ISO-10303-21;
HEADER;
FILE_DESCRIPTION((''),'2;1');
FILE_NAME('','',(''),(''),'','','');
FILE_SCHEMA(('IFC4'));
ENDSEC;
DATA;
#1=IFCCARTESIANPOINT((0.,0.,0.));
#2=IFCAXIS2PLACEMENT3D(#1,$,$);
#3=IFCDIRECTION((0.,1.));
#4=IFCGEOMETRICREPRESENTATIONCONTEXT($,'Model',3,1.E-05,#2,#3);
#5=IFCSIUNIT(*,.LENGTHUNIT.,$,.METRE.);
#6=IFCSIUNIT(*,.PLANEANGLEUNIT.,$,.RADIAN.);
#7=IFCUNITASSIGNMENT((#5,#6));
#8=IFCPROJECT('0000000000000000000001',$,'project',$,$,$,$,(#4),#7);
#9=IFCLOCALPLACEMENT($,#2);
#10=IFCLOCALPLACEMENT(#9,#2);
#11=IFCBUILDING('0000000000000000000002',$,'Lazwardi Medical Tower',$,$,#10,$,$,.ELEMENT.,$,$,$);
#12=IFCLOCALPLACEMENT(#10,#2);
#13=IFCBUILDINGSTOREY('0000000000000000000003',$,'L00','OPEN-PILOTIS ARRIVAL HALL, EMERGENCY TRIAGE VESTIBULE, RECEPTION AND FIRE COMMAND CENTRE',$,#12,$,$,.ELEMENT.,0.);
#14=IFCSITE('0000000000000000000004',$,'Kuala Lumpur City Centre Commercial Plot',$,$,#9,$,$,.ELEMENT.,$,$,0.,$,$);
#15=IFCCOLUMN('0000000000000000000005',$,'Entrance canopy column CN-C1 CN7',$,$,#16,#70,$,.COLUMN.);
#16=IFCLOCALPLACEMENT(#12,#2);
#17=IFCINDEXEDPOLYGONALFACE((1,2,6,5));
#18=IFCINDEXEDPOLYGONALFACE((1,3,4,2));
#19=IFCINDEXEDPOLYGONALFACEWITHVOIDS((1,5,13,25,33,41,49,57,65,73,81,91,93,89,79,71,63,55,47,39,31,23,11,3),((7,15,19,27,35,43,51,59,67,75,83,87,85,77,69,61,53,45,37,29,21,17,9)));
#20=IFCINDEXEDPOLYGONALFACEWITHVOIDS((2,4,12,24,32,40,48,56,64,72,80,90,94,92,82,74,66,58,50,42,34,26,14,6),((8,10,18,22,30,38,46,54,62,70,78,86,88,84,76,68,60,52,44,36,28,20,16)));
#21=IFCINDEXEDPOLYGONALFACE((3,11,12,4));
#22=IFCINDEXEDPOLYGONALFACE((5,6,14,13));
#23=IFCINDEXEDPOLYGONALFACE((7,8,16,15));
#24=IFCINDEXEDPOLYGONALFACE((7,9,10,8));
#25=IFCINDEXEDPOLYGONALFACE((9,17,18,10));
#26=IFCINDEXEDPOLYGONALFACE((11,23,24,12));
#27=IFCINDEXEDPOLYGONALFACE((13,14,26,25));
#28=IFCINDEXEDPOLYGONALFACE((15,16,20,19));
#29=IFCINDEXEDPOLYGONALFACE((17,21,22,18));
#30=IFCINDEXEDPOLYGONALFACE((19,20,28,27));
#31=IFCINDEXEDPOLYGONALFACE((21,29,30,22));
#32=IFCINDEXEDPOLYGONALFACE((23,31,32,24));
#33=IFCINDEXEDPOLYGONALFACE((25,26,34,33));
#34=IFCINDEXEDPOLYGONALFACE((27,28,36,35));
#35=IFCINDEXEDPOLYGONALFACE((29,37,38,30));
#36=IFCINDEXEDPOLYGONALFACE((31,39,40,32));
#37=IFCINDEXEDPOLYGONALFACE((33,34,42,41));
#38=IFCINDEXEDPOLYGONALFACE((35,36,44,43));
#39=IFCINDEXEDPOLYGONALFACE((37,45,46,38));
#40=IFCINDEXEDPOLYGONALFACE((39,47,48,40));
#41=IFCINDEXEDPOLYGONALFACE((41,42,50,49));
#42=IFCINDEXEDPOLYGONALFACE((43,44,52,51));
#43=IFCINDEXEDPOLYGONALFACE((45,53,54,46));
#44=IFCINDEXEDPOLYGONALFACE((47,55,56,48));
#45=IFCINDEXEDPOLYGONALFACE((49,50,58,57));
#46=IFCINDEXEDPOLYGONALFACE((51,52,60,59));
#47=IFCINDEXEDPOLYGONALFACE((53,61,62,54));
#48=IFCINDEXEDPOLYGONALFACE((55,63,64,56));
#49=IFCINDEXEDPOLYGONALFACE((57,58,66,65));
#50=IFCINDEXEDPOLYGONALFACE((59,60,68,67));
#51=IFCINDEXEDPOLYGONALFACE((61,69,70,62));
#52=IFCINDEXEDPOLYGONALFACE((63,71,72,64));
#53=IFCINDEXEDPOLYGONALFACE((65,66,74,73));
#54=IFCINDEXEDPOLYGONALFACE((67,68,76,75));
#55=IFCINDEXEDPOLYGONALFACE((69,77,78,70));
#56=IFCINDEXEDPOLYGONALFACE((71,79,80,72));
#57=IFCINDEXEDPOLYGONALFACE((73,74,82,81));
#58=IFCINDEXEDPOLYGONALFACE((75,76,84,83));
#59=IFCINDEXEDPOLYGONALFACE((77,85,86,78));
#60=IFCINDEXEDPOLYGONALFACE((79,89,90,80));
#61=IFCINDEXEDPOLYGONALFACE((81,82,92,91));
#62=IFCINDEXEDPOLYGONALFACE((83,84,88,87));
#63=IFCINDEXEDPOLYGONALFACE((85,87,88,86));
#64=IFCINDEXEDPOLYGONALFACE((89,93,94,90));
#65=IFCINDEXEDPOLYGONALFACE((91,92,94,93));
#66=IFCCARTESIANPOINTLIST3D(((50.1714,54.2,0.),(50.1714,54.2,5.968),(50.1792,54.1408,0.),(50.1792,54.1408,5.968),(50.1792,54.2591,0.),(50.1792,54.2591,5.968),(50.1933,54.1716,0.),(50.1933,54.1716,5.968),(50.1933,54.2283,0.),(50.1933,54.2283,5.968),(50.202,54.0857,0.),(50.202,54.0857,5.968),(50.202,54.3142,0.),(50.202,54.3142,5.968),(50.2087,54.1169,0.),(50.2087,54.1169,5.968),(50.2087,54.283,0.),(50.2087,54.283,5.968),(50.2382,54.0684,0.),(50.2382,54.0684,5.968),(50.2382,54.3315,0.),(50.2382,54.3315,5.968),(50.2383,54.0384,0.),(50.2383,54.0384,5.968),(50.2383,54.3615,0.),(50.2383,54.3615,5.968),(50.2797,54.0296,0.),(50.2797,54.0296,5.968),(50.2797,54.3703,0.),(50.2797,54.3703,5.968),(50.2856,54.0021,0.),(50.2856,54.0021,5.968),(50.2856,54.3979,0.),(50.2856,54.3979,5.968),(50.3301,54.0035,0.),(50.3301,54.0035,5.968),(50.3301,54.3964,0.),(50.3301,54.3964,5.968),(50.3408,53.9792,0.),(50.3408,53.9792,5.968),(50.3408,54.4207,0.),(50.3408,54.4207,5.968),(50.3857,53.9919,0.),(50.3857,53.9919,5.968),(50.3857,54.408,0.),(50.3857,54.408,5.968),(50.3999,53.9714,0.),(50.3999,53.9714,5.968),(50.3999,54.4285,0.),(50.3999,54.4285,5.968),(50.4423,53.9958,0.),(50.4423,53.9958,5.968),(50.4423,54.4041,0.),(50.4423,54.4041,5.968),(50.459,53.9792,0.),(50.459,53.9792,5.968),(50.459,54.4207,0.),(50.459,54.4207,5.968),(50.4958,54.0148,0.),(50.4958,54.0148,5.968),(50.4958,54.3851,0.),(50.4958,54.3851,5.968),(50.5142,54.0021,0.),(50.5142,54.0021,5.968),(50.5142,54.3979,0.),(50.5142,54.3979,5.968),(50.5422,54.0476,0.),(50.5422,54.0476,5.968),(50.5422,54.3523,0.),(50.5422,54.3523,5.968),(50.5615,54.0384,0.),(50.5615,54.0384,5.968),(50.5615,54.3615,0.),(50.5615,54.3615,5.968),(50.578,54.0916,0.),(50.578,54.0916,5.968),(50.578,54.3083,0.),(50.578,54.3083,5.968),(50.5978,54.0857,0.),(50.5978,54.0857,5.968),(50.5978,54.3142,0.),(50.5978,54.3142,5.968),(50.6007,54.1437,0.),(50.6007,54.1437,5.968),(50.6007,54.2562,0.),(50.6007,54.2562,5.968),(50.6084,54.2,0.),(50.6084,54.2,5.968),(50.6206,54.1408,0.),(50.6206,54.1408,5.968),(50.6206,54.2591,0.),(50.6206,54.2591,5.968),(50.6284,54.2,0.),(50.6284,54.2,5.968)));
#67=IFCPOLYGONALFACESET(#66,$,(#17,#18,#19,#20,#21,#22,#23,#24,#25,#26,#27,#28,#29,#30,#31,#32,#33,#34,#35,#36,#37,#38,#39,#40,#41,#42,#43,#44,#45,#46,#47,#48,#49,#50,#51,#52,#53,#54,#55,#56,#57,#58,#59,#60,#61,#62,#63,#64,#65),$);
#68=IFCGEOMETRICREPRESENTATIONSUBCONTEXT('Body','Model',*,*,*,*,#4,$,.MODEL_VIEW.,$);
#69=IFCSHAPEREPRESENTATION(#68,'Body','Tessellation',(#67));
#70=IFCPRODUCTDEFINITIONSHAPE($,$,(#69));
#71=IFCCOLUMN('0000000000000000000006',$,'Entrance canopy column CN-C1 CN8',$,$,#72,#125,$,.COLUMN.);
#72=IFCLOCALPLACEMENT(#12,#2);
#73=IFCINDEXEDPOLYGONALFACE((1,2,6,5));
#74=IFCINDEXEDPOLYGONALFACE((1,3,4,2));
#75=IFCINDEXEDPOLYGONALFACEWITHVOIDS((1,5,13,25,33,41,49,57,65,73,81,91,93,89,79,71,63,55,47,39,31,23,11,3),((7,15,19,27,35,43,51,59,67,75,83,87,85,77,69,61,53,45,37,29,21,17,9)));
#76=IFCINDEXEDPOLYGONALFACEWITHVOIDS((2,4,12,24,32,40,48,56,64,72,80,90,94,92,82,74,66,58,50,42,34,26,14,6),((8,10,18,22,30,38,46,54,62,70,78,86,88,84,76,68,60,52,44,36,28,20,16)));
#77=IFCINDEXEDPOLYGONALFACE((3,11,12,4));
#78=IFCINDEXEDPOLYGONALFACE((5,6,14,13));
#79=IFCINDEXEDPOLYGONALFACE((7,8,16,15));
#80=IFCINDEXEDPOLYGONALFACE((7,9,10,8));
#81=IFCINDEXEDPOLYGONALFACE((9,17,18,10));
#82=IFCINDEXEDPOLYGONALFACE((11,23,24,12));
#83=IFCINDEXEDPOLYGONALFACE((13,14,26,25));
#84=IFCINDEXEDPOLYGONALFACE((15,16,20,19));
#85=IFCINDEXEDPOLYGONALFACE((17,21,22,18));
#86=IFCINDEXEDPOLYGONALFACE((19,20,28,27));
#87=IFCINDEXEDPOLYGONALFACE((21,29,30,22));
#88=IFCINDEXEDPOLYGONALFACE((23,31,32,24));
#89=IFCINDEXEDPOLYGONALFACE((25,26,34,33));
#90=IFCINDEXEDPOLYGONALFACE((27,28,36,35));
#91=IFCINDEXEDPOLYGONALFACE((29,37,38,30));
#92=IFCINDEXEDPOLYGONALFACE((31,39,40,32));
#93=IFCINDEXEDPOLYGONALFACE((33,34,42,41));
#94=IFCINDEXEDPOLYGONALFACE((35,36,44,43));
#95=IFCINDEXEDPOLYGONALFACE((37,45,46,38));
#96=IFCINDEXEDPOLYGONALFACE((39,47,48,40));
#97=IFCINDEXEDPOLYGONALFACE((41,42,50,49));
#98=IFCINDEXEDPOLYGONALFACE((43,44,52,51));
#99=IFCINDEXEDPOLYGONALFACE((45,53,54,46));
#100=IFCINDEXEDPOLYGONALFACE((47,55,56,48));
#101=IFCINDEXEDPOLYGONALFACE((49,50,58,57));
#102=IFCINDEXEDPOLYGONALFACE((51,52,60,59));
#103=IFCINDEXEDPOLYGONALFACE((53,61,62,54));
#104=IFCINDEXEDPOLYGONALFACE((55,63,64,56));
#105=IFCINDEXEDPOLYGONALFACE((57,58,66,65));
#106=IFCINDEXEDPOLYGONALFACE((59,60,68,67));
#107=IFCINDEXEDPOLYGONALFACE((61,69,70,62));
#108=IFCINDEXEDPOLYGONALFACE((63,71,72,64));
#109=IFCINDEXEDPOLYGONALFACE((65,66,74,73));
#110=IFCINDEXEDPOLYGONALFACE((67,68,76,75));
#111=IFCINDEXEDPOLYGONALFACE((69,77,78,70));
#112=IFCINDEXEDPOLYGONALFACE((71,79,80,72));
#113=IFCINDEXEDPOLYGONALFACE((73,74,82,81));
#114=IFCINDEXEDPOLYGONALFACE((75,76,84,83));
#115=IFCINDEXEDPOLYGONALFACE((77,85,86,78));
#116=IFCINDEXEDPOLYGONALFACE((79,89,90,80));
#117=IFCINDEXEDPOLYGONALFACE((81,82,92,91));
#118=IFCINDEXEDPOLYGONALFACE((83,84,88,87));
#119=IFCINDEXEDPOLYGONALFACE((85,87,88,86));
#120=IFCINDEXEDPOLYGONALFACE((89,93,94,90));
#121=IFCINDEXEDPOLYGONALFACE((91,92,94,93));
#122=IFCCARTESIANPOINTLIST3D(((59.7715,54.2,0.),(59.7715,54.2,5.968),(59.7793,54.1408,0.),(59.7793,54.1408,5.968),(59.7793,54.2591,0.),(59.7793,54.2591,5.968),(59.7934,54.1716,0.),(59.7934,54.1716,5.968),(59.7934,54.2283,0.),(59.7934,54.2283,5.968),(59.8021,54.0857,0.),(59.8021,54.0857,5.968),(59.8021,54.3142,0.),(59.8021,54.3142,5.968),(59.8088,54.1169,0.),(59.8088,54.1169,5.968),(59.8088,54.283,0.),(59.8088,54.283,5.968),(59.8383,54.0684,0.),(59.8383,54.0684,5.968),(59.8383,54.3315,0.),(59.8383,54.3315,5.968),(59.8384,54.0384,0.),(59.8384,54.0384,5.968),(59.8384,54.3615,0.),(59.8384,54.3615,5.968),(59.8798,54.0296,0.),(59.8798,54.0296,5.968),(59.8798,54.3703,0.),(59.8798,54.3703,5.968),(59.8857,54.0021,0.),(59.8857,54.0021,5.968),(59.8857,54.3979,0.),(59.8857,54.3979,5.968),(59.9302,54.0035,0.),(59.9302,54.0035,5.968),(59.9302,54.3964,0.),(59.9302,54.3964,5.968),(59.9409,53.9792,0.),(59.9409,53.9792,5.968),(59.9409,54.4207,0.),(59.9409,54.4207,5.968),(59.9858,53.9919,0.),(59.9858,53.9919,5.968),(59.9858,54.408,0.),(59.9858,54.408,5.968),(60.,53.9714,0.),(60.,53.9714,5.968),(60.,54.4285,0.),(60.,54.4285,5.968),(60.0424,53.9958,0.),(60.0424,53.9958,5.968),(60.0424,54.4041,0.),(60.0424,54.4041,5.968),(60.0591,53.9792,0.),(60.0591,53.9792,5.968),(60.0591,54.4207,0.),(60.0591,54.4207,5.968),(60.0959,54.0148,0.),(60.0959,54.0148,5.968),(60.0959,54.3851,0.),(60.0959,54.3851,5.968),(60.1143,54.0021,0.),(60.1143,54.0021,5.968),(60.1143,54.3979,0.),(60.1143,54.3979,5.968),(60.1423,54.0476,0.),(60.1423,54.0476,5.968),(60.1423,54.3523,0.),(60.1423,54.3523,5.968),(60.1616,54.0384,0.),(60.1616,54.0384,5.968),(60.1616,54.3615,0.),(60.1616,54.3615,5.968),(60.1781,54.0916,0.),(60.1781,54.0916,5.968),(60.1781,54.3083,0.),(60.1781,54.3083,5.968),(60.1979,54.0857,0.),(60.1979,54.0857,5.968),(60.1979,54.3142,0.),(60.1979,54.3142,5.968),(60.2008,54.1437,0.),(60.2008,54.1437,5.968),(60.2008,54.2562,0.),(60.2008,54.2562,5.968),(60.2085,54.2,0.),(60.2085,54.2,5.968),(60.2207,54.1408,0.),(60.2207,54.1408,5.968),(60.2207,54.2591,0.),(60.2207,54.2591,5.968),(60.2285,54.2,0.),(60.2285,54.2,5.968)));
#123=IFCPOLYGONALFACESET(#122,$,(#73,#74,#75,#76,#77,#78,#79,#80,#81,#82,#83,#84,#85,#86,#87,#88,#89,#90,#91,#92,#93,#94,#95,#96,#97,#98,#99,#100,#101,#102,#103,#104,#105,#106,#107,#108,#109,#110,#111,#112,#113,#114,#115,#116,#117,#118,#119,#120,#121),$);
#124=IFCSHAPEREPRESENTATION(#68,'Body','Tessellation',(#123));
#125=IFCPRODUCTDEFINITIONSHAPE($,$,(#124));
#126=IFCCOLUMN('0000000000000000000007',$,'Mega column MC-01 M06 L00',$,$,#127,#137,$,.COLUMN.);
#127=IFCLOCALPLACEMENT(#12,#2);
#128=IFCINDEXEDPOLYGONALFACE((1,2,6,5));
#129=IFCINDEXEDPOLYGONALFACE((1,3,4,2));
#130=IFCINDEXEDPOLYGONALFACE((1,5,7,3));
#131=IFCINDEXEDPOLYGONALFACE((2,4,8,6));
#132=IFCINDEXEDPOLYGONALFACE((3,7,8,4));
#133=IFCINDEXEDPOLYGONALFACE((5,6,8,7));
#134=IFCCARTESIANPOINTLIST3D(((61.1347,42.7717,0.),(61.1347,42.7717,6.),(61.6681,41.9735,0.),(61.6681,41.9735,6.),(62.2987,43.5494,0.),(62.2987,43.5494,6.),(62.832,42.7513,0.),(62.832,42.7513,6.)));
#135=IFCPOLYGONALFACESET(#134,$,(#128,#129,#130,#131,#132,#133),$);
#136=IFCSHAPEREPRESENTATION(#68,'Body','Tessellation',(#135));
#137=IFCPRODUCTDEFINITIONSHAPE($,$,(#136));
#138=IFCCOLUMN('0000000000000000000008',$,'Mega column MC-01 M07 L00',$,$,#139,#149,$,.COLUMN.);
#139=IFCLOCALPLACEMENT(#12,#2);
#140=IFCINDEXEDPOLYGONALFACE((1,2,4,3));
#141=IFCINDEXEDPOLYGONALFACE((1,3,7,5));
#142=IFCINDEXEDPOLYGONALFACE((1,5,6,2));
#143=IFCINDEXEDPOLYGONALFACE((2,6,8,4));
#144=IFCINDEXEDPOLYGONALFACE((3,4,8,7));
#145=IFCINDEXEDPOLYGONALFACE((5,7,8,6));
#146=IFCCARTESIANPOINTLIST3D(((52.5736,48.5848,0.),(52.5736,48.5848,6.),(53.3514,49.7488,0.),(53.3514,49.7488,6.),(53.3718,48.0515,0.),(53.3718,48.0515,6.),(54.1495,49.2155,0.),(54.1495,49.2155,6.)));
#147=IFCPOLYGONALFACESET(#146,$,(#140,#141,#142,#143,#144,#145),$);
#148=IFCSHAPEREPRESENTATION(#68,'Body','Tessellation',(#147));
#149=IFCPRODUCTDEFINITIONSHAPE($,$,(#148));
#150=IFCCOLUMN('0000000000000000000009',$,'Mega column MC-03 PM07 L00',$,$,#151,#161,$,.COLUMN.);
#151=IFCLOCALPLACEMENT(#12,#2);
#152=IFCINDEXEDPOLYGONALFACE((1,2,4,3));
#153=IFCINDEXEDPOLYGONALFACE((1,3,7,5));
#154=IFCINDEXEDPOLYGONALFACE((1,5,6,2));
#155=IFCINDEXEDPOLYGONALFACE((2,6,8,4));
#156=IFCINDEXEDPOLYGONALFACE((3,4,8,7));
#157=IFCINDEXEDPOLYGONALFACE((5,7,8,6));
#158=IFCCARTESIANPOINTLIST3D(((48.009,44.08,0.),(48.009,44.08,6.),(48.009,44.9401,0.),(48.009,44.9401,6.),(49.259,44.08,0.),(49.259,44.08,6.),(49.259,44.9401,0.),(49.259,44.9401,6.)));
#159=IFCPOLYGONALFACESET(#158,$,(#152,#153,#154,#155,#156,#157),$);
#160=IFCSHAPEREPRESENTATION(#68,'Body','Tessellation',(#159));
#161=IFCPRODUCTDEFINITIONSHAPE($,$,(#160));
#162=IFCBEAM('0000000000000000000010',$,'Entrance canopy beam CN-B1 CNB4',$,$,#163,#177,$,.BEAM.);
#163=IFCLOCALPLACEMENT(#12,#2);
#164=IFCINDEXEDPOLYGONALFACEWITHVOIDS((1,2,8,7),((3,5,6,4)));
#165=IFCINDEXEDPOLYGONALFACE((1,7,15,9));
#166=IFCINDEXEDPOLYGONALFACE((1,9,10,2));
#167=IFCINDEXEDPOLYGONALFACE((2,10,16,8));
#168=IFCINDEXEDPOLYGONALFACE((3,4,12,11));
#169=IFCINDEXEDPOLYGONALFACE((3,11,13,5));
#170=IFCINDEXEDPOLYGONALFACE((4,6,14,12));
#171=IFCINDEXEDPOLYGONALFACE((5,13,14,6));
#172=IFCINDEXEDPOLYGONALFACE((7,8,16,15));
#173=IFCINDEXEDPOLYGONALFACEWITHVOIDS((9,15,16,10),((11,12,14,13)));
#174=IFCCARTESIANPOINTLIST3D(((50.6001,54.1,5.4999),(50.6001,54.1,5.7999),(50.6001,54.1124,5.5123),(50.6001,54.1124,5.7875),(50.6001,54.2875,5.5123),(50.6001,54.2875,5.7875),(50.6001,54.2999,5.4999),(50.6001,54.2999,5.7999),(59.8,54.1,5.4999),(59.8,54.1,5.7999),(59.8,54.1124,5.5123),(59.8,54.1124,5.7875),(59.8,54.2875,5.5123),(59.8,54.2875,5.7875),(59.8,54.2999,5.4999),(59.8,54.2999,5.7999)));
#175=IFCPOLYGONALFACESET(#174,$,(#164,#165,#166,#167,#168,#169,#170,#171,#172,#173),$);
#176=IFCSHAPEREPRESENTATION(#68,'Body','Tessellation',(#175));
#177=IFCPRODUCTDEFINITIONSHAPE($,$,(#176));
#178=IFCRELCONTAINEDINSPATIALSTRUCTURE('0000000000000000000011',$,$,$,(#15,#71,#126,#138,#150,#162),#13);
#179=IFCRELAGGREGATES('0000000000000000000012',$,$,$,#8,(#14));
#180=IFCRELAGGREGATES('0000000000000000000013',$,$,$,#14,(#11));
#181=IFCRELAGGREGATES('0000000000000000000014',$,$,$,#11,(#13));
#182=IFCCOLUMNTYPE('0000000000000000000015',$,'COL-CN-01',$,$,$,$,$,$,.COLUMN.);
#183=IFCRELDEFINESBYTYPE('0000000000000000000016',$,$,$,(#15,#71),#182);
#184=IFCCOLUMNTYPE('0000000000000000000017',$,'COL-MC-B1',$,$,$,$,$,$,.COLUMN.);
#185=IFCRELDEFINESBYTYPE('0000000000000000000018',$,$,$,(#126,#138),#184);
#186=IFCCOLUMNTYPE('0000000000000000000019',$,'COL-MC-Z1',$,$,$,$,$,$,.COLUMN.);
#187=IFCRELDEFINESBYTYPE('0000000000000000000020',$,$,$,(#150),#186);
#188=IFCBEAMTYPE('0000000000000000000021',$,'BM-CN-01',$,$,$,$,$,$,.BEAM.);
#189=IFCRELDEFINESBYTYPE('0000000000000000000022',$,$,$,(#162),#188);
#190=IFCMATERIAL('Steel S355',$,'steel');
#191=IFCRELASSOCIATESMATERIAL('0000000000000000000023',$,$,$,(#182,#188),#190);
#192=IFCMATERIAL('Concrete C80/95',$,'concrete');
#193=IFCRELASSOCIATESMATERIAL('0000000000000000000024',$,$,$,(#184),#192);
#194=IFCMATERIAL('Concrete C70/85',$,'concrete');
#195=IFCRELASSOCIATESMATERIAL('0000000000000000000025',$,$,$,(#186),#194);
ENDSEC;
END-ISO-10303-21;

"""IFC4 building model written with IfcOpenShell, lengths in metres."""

from ifc_helpers import new_model, si_unit, direction, frame, origin, origin_2d, place, context, subcontext, project, spatial, rectangle, hollow_rectangle, hollow_circle, extrude, material, material_profile, profile_set, type_object, element, save


model = new_model("IFC4")

# Units and contexts
model_context = context("Model", 3, precision=1e-05, world=origin(), true_north=direction((0.0, 1.0)))
body_context = subcontext(model_context, "Body", "Model", "MODEL_VIEW")
ifc_project = project(units=[si_unit("LENGTHUNIT", "METRE"), si_unit("PLANEANGLEUNIT", "RADIAN")], contexts=[model_context])

# Site, building, storey
site_placement = place(None, origin())
site = spatial("IfcSite", under=ifc_project, at=site_placement, Name="Kuala Lumpur City Centre Commercial Plot", CompositionType="ELEMENT", RefElevation=0.0)
building_placement = place(site_placement, origin())
building = spatial("IfcBuilding", under=site, at=building_placement, Name="Lazwardi Medical Tower", CompositionType="ELEMENT")
storey_placement = place(building_placement, origin())
storey = spatial("IfcBuildingStorey", under=building, at=storey_placement, Name="L00", Description="OPEN-PILOTIS ARRIVAL HALL, EMERGENCY TRIAGE VESTIBULE, RECEPTION AND FIRE COMMAND CENTRE", CompositionType="ELEMENT", Elevation=0.0)

# Columns
ifc_material_1 = material(Name="Steel S355", Category="steel")
ifc_material_profile_1 = material_profile(ifc_material_1, hollow_circle(Radius=0.2285, WallThickness=0.02, at=origin_2d()), Name="CHS 457x20")
ifc_profile_set_1 = profile_set([ifc_material_profile_1], Name="Steel S355")
column_type_1 = type_object("IfcColumnType", Name="COL-CN-01", PredefinedType="COLUMN", material=ifc_profile_set_1)
for number, where, z_axis, x_axis, name in (
    (1, (50.3999, 54.2, 0.0), (0.0, 0.0, 1.0), (1.0, 0.0, 0.0), "Entrance canopy column CN-C1 CN7"),
    (2, (60.0, 54.2, 0.0), (0.0, 0.0, 1.0), (1.0, 0.0, 0.0), "Entrance canopy column CN-C1 CN8"),
):
    element("IfcColumn", number, at=place(storey_placement, frame(where, z_axis=z_axis, x_axis=x_axis)), inside=storey, type_object=column_type_1, Name=name, PredefinedType="COLUMN", context=body_context, shape_type="SweptSolid", body=[
        extrude(hollow_circle(Radius=0.2285, WallThickness=0.02, at=origin_2d()), origin(), (0.0, 0.0, 1.0), 5.968),
    ])
ifc_material_2 = material(Name="Concrete C80/95", Category="concrete")
ifc_material_profile_2 = material_profile(ifc_material_2, rectangle(XDim=1.3999, YDim=0.96, at=origin_2d()), Name="CFT-RECT 1400x960")
ifc_profile_set_2 = profile_set([ifc_material_profile_2], Name="Concrete C80/95")
column_type_2 = type_object("IfcColumnType", Name="COL-MC-B1", PredefinedType="COLUMN", material=ifc_profile_set_2)
for number, where, z_axis, x_axis, name in (
    (3, (61.9834, 42.7615, 0.0), (0.0, 0.0, 1.0), (0.83147, 0.55557, 0.0), "Mega column MC-01 M06 L00"),
    (4, (53.3616, 48.9001, 0.0), (0.0, 0.0, 1.0), (0.55557, 0.83147, 0.0), "Mega column MC-01 M07 L00"),
):
    element("IfcColumn", number, at=place(storey_placement, frame(where, z_axis=z_axis, x_axis=x_axis)), inside=storey, type_object=column_type_2, Name=name, PredefinedType="COLUMN", context=body_context, shape_type="SweptSolid", body=[
        extrude(rectangle(XDim=1.3999, YDim=0.96, at=origin_2d()), origin(), (0.0, 0.0, 1.0), 6.0),
    ])
ifc_material_3 = material(Name="Concrete C70/85", Category="concrete")
ifc_material_profile_3 = material_profile(ifc_material_3, rectangle(XDim=1.25, YDim=0.8601, at=origin_2d()), Name="CFT-RECT 1250x860")
ifc_profile_set_3 = profile_set([ifc_material_profile_3], Name="Concrete C70/85")
column_type_3 = type_object("IfcColumnType", Name="COL-MC-Z1", PredefinedType="COLUMN", material=ifc_profile_set_3)
column_placement = place(storey_placement, frame((48.634, 44.51, 0.0), z_axis=(0.0, 0.0, 1.0), x_axis=(1.0, 0.0, 0.0)))
element("IfcColumn", 5, at=column_placement, inside=storey, type_object=column_type_3, Name="Mega column MC-03 PM07 L00", PredefinedType="COLUMN", context=body_context, shape_type="SweptSolid", body=[
    extrude(rectangle(XDim=1.25, YDim=0.8601, at=origin_2d()), origin(), (0.0, 0.0, 1.0), 6.0),
])

# Beam
ifc_material_profile_4 = material_profile(ifc_material_1, hollow_rectangle(XDim=0.2, YDim=0.3, WallThickness=0.0125, at=origin_2d()), Name="RHS 300x200x12.5")
ifc_profile_set_4 = profile_set([ifc_material_profile_4], Name="Steel S355")
beam_type_1 = type_object("IfcBeamType", Name="BM-CN-01", PredefinedType="BEAM", material=ifc_profile_set_4)
beam_1_placement = place(storey_placement, frame((50.6001, 54.2, 5.6499), z_axis=(1.0, 0.0, 0.0), x_axis=(0.0, 1.0, 0.0)))
element("IfcBeam", 6, at=beam_1_placement, inside=storey, type_object=beam_type_1, Name="Entrance canopy beam CN-B1 CNB4", PredefinedType="BEAM", context=body_context, shape_type="SweptSolid", body=[
    extrude(hollow_rectangle(XDim=0.2, YDim=0.3, WallThickness=0.0125, at=origin_2d()), origin(), (0.0, 0.0, 1.0), 9.2),
])

save(model, "model.ifc")
